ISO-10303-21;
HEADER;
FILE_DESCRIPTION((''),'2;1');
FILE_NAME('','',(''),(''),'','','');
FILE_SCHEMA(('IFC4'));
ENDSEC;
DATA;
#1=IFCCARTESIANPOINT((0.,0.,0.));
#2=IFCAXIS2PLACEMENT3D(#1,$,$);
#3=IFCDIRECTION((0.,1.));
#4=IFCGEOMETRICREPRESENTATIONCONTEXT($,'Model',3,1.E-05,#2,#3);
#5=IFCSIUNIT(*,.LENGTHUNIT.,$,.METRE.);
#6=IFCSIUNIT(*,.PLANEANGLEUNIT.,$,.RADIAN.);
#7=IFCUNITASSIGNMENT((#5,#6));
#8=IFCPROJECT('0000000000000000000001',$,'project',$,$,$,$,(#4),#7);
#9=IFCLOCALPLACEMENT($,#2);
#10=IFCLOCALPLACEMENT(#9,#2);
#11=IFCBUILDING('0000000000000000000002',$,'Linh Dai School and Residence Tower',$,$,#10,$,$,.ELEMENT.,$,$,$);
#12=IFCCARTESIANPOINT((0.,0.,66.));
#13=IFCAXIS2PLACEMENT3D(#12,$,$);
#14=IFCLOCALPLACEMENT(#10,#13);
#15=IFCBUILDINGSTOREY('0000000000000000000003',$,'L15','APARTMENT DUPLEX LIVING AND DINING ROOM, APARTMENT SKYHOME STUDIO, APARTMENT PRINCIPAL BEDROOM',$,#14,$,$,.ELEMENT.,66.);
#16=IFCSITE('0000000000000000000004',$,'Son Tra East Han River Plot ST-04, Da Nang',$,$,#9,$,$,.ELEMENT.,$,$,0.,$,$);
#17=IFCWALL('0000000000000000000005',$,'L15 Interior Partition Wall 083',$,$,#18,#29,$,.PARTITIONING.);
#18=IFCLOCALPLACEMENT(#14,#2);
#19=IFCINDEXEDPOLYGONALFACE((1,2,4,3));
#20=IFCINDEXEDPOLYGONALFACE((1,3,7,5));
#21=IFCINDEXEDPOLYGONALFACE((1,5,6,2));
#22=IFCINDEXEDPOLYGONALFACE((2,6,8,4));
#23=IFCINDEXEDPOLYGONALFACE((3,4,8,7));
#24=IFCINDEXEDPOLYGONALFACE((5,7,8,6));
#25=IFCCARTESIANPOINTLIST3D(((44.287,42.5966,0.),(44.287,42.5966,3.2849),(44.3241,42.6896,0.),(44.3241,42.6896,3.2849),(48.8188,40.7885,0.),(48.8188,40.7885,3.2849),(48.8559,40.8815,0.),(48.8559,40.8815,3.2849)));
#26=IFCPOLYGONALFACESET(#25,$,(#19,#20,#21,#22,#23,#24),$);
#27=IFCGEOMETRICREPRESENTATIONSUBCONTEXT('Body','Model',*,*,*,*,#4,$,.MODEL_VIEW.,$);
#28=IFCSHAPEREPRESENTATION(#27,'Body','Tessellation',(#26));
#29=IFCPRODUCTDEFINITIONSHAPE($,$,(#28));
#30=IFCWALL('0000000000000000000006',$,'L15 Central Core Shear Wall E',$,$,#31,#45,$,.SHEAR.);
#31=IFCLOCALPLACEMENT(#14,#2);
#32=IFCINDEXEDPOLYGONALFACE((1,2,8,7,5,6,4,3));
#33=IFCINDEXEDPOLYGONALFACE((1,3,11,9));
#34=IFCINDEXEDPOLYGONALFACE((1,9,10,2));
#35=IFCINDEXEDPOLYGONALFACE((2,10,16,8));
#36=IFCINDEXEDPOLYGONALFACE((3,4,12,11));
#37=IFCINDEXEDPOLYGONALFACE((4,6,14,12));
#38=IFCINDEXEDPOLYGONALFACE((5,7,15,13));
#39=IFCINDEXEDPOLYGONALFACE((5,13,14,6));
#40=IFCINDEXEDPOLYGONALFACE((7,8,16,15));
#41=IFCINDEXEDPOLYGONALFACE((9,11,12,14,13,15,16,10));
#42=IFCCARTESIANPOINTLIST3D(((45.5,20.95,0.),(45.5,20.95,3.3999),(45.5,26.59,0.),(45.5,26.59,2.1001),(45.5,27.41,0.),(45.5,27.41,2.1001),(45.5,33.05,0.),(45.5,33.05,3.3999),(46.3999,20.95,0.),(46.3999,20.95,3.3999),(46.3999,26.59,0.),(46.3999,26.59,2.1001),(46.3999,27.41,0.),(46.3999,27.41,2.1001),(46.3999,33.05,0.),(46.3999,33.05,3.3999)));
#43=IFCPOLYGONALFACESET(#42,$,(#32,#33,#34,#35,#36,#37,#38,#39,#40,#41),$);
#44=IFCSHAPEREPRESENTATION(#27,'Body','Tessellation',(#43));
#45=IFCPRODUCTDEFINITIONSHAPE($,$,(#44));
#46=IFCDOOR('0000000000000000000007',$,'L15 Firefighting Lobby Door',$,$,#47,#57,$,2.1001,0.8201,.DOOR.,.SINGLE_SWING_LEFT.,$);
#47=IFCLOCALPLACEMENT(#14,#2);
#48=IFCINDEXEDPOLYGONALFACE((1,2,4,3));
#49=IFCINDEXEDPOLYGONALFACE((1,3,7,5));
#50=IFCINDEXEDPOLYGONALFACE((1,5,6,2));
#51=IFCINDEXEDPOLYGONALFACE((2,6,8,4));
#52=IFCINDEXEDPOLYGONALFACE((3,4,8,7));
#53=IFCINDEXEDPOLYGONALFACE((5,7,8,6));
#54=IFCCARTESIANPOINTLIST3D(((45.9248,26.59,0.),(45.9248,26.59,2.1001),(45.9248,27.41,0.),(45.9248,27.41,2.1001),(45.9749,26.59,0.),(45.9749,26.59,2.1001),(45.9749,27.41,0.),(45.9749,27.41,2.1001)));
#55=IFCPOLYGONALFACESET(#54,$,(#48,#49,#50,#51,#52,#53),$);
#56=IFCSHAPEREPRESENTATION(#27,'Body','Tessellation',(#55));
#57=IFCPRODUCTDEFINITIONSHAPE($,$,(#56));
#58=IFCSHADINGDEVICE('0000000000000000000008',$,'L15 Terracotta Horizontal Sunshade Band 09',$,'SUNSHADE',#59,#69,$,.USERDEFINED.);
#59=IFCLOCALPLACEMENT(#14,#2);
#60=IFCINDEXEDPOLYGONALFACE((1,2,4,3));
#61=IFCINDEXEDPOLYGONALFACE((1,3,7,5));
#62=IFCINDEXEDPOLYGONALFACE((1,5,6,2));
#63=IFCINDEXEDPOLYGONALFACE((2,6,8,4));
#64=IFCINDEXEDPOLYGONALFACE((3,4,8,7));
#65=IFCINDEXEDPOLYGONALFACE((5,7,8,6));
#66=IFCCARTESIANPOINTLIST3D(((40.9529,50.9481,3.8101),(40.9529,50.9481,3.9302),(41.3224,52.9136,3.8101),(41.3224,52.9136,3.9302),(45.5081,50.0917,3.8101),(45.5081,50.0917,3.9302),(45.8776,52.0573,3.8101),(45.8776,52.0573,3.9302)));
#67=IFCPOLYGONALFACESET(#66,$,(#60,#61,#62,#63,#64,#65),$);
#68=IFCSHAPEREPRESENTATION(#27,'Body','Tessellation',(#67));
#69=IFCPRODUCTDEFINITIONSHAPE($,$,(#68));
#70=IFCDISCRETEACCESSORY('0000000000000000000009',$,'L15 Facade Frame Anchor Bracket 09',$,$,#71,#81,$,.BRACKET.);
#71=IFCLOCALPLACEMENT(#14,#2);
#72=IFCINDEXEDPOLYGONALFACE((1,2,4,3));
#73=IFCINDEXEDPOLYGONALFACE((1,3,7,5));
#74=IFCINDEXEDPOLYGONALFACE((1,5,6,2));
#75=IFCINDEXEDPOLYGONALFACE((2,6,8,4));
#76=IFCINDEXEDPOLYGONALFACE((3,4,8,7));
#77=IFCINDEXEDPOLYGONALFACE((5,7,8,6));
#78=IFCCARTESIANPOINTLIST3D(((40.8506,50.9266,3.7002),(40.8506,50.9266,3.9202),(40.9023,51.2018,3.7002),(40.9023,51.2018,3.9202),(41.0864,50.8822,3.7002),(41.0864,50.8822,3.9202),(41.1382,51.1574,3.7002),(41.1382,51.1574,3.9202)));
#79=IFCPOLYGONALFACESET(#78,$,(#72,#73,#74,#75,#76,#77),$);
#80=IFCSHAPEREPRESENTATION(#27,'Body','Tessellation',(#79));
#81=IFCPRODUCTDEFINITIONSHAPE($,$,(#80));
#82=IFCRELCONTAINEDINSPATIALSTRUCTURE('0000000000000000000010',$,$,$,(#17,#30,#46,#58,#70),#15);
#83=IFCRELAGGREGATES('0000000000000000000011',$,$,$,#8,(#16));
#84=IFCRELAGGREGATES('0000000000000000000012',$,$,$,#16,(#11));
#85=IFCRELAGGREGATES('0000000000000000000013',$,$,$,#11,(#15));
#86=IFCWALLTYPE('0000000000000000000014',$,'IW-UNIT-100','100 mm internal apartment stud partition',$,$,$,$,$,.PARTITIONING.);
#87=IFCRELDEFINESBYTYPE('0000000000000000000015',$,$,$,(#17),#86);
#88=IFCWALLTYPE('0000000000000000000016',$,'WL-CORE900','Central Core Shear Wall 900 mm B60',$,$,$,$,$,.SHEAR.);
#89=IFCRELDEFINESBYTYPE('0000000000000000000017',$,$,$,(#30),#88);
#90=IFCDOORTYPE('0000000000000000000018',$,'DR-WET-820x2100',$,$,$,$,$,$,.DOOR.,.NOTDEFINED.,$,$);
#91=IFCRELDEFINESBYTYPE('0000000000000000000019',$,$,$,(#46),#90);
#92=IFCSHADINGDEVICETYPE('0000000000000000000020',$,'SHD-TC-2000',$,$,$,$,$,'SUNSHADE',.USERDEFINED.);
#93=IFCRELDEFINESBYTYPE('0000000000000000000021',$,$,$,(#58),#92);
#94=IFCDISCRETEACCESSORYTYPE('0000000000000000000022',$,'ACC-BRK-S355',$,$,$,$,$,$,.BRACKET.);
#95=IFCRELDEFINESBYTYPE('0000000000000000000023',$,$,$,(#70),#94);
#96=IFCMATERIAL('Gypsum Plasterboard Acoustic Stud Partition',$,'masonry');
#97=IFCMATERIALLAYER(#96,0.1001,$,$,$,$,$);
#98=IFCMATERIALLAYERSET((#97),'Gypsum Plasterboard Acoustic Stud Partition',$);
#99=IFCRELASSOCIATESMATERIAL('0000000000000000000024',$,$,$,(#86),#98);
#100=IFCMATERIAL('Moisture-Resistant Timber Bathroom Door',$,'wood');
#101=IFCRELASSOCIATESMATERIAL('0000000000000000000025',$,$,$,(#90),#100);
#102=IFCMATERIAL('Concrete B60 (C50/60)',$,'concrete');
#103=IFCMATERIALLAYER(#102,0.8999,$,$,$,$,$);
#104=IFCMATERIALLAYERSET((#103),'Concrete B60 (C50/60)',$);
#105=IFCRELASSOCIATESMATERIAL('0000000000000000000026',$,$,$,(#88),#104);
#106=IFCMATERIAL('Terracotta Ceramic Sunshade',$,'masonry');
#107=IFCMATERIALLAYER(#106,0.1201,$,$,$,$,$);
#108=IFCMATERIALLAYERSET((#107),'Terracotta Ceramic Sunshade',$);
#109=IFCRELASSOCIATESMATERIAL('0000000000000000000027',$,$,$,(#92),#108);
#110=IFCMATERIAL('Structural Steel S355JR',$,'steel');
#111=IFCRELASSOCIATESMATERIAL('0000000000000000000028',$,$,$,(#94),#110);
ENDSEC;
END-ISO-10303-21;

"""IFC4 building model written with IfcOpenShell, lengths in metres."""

from ifc_helpers import new_model, si_unit, direction, frame, frame_2d, origin, origin_2d, place, context, subcontext, project, spatial, rectangle, extrude, source, transform, mapped, material, layer, layer_set, type_object, element, fill, save


model = new_model("IFC4")

# Units and contexts
model_context = context("Model", 3, precision=1e-05, world=origin(), true_north=direction((0.0, 1.0)))
body_context = subcontext(model_context, "Body", "Model", "MODEL_VIEW")
ifc_project = project(units=[si_unit("LENGTHUNIT", "METRE"), si_unit("PLANEANGLEUNIT", "RADIAN")], contexts=[model_context])

# Site, building, storey
site_placement = place(None, origin())
site = spatial("IfcSite", under=ifc_project, at=site_placement, Name="Son Tra East Han River Plot ST-04, Da Nang", CompositionType="ELEMENT", RefElevation=0.0)
building_placement = place(site_placement, origin())
building = spatial("IfcBuilding", under=site, at=building_placement, Name="Linh Dai School and Residence Tower", CompositionType="ELEMENT")
storey_placement = place(building_placement, frame((0.0, 0.0, 66.0)))
storey = spatial("IfcBuildingStorey", under=building, at=storey_placement, Name="L15", Description="APARTMENT DUPLEX LIVING AND DINING ROOM, APARTMENT SKYHOME STUDIO, APARTMENT PRINCIPAL BEDROOM", CompositionType="ELEMENT", Elevation=66.0)

# Shared definitions
ifc_material_1 = material(Name="Structural Steel S355JR", Category="steel")

# Shared definitions
ifc_material_2 = material(Name="Gypsum Plasterboard Acoustic Stud Partition", Category="masonry")
ifc_layer_1 = layer(ifc_material_2, 0.1001)
ifc_layer_set_1 = layer_set([ifc_layer_1], Name="Gypsum Plasterboard Acoustic Stud Partition")
wall_type_1 = type_object("IfcWallType", Name="IW-UNIT-100", Description="100 mm internal apartment stud partition", PredefinedType="PARTITIONING", material=ifc_layer_set_1)
ifc_material_3 = material(Name="Moisture-Resistant Timber Bathroom Door", Category="wood")
door_type_1 = type_object("IfcDoorType", Name="DR-WET-820x2100", OperationType="NOTDEFINED", PredefinedType="DOOR", material=ifc_material_3)
shared_shape_1 = source(origin(), body_context, "Body", "SweptSolid", [
    extrude(rectangle(XDim=0.8201, YDim=2.1001, at=origin_2d()), frame((0.4102, 0.0249, 1.05), z_axis=(0.0, -1.0, 0.0), x_axis=(1.0, 0.0, 0.0)), (0.0, 0.0, 1.0), 0.05),
])

# Wall
wall_1_placement = place(storey_placement, frame((44.3057, 42.6431, 0.0), z_axis=(0.0, 0.0, 1.0), x_axis=(0.928801, -0.37058, 0.0)))
element("IfcWall", 1, at=wall_1_placement, inside=storey, type_object=wall_type_1, Name="L15 Interior Partition Wall 083", PredefinedType="PARTITIONING", context=body_context, shape_type="SweptSolid", body=[
    extrude(rectangle(XDim=4.8792, YDim=0.1001, at=frame_2d((2.4395, 0.0))), origin(), (0.0, 0.0, 1.0), 3.2849),
])

# Wall, opening, door
ifc_material_4 = material(Name="Concrete B60 (C50/60)", Category="concrete")
ifc_layer_2 = layer(ifc_material_4, 0.8999)
ifc_layer_set_2 = layer_set([ifc_layer_2], Name="Concrete B60 (C50/60)")
wall_type_2 = type_object("IfcWallType", Name="WL-CORE900", Description="Central Core Shear Wall 900 mm B60", PredefinedType="SHEAR", material=ifc_layer_set_2)
wall_2_placement = place(storey_placement, frame((45.95, 33.05, 0.0), z_axis=(0.0, 0.0, 1.0), x_axis=(0.0, -1.0, 0.0)))
wall_2 = element("IfcWall", 2, at=wall_2_placement, inside=storey, type_object=wall_type_2, Name="L15 Central Core Shear Wall E", PredefinedType="SHEAR", context=body_context, shape_type="SweptSolid", body=[
    extrude(rectangle(XDim=12.1001, YDim=0.8999, at=frame_2d((6.05, 0.0))), origin(), (0.0, 0.0, 1.0), 3.3999),
])
opening_1_placement = place(wall_2_placement, frame((5.6399, 0.0, 0.0)))
opening_1 = element("IfcOpeningElement", 3, at=opening_1_placement, cuts=wall_2, PredefinedType="OPENING", context=body_context, shape_type="SweptSolid", body=[
    extrude(rectangle(XDim=0.8201, YDim=2.1001, at=origin_2d()), frame((0.4102, 0.46, 1.05), z_axis=(0.0, -1.0, 0.0), x_axis=(1.0, 0.0, 0.0)), (0.0, 0.0, 1.0), 0.9199),
])
door_1_placement = place(opening_1_placement, origin())
door_1 = element("IfcDoor", 4, at=door_1_placement, inside=storey, type_object=door_type_1, Name="L15 Firefighting Lobby Door", OperationType="SINGLE_SWING_LEFT", OverallHeight=2.1001, OverallWidth=0.8201, PredefinedType="DOOR", context=body_context, shape_type="MappedRepresentation", body=[
    mapped(shared_shape_1, transform((0.0, 0.0, 0.0), x_axis=(1.0, 0.0, 0.0), y_axis=(0.0, 1.0, 0.0), z_axis=(0.0, 0.0, 1.0), scale=1.0)),
])
fill(opening_1, door_1)

# Shading device
ifc_material_5 = material(Name="Terracotta Ceramic Sunshade", Category="masonry")
ifc_layer_3 = layer(ifc_material_5, 0.1201)
ifc_layer_set_3 = layer_set([ifc_layer_3], Name="Terracotta Ceramic Sunshade")
shading_device_type = type_object("IfcShadingDeviceType", Name="SHD-TC-2000", ElementType="SUNSHADE", PredefinedType="USERDEFINED", material=ifc_layer_set_3)
shared_shape_2 = source(origin(), body_context, "Body", "SweptSolid", [
    extrude(rectangle(XDim=4.635, YDim=2.0, at=origin_2d()), origin(), (0.0, 0.0, 1.0), 0.1201),
])
shading_device_placement = place(storey_placement, frame((43.4153, 51.5027, 3.8101), z_axis=(0.0, 0.0, 1.0), x_axis=(0.982786, -0.184748, 0.0)))
element("IfcShadingDevice", 5, at=shading_device_placement, inside=storey, type_object=shading_device_type, Name="L15 Terracotta Horizontal Sunshade Band 09", ObjectType="SUNSHADE", PredefinedType="USERDEFINED", context=body_context, shape_type="MappedRepresentation", body=[
    mapped(shared_shape_2, transform((0.0, 0.0, 0.0), x_axis=(1.0, 0.0, 0.0), y_axis=(0.0, 1.0, 0.0), z_axis=(0.0, 0.0, 1.0), scale=1.0)),
])

# Discrete accessory
discrete_accessory_type = type_object("IfcDiscreteAccessoryType", Name="ACC-BRK-S355", PredefinedType="BRACKET", material=ifc_material_1)
shared_shape_3 = source(origin(), body_context, "Body", "SweptSolid", [
    extrude(rectangle(XDim=0.28, YDim=0.24, at=origin_2d()), origin(), (0.0, 0.0, 1.0), 0.22),
])
discrete_accessory_placement = place(storey_placement, frame((40.9944, 51.042, 3.7002), z_axis=(0.0, 0.0, 1.0), x_axis=(0.184748, 0.982786, 0.0)))
element("IfcDiscreteAccessory", 6, at=discrete_accessory_placement, inside=storey, type_object=discrete_accessory_type, Name="L15 Facade Frame Anchor Bracket 09", PredefinedType="BRACKET", context=body_context, shape_type="MappedRepresentation", body=[
    mapped(shared_shape_3, transform((0.0, 0.0, 0.0), x_axis=(1.0, 0.0, 0.0), y_axis=(0.0, 1.0, 0.0), z_axis=(0.0, 0.0, 1.0), scale=1.0)),
])

save(model, "model.ifc")
